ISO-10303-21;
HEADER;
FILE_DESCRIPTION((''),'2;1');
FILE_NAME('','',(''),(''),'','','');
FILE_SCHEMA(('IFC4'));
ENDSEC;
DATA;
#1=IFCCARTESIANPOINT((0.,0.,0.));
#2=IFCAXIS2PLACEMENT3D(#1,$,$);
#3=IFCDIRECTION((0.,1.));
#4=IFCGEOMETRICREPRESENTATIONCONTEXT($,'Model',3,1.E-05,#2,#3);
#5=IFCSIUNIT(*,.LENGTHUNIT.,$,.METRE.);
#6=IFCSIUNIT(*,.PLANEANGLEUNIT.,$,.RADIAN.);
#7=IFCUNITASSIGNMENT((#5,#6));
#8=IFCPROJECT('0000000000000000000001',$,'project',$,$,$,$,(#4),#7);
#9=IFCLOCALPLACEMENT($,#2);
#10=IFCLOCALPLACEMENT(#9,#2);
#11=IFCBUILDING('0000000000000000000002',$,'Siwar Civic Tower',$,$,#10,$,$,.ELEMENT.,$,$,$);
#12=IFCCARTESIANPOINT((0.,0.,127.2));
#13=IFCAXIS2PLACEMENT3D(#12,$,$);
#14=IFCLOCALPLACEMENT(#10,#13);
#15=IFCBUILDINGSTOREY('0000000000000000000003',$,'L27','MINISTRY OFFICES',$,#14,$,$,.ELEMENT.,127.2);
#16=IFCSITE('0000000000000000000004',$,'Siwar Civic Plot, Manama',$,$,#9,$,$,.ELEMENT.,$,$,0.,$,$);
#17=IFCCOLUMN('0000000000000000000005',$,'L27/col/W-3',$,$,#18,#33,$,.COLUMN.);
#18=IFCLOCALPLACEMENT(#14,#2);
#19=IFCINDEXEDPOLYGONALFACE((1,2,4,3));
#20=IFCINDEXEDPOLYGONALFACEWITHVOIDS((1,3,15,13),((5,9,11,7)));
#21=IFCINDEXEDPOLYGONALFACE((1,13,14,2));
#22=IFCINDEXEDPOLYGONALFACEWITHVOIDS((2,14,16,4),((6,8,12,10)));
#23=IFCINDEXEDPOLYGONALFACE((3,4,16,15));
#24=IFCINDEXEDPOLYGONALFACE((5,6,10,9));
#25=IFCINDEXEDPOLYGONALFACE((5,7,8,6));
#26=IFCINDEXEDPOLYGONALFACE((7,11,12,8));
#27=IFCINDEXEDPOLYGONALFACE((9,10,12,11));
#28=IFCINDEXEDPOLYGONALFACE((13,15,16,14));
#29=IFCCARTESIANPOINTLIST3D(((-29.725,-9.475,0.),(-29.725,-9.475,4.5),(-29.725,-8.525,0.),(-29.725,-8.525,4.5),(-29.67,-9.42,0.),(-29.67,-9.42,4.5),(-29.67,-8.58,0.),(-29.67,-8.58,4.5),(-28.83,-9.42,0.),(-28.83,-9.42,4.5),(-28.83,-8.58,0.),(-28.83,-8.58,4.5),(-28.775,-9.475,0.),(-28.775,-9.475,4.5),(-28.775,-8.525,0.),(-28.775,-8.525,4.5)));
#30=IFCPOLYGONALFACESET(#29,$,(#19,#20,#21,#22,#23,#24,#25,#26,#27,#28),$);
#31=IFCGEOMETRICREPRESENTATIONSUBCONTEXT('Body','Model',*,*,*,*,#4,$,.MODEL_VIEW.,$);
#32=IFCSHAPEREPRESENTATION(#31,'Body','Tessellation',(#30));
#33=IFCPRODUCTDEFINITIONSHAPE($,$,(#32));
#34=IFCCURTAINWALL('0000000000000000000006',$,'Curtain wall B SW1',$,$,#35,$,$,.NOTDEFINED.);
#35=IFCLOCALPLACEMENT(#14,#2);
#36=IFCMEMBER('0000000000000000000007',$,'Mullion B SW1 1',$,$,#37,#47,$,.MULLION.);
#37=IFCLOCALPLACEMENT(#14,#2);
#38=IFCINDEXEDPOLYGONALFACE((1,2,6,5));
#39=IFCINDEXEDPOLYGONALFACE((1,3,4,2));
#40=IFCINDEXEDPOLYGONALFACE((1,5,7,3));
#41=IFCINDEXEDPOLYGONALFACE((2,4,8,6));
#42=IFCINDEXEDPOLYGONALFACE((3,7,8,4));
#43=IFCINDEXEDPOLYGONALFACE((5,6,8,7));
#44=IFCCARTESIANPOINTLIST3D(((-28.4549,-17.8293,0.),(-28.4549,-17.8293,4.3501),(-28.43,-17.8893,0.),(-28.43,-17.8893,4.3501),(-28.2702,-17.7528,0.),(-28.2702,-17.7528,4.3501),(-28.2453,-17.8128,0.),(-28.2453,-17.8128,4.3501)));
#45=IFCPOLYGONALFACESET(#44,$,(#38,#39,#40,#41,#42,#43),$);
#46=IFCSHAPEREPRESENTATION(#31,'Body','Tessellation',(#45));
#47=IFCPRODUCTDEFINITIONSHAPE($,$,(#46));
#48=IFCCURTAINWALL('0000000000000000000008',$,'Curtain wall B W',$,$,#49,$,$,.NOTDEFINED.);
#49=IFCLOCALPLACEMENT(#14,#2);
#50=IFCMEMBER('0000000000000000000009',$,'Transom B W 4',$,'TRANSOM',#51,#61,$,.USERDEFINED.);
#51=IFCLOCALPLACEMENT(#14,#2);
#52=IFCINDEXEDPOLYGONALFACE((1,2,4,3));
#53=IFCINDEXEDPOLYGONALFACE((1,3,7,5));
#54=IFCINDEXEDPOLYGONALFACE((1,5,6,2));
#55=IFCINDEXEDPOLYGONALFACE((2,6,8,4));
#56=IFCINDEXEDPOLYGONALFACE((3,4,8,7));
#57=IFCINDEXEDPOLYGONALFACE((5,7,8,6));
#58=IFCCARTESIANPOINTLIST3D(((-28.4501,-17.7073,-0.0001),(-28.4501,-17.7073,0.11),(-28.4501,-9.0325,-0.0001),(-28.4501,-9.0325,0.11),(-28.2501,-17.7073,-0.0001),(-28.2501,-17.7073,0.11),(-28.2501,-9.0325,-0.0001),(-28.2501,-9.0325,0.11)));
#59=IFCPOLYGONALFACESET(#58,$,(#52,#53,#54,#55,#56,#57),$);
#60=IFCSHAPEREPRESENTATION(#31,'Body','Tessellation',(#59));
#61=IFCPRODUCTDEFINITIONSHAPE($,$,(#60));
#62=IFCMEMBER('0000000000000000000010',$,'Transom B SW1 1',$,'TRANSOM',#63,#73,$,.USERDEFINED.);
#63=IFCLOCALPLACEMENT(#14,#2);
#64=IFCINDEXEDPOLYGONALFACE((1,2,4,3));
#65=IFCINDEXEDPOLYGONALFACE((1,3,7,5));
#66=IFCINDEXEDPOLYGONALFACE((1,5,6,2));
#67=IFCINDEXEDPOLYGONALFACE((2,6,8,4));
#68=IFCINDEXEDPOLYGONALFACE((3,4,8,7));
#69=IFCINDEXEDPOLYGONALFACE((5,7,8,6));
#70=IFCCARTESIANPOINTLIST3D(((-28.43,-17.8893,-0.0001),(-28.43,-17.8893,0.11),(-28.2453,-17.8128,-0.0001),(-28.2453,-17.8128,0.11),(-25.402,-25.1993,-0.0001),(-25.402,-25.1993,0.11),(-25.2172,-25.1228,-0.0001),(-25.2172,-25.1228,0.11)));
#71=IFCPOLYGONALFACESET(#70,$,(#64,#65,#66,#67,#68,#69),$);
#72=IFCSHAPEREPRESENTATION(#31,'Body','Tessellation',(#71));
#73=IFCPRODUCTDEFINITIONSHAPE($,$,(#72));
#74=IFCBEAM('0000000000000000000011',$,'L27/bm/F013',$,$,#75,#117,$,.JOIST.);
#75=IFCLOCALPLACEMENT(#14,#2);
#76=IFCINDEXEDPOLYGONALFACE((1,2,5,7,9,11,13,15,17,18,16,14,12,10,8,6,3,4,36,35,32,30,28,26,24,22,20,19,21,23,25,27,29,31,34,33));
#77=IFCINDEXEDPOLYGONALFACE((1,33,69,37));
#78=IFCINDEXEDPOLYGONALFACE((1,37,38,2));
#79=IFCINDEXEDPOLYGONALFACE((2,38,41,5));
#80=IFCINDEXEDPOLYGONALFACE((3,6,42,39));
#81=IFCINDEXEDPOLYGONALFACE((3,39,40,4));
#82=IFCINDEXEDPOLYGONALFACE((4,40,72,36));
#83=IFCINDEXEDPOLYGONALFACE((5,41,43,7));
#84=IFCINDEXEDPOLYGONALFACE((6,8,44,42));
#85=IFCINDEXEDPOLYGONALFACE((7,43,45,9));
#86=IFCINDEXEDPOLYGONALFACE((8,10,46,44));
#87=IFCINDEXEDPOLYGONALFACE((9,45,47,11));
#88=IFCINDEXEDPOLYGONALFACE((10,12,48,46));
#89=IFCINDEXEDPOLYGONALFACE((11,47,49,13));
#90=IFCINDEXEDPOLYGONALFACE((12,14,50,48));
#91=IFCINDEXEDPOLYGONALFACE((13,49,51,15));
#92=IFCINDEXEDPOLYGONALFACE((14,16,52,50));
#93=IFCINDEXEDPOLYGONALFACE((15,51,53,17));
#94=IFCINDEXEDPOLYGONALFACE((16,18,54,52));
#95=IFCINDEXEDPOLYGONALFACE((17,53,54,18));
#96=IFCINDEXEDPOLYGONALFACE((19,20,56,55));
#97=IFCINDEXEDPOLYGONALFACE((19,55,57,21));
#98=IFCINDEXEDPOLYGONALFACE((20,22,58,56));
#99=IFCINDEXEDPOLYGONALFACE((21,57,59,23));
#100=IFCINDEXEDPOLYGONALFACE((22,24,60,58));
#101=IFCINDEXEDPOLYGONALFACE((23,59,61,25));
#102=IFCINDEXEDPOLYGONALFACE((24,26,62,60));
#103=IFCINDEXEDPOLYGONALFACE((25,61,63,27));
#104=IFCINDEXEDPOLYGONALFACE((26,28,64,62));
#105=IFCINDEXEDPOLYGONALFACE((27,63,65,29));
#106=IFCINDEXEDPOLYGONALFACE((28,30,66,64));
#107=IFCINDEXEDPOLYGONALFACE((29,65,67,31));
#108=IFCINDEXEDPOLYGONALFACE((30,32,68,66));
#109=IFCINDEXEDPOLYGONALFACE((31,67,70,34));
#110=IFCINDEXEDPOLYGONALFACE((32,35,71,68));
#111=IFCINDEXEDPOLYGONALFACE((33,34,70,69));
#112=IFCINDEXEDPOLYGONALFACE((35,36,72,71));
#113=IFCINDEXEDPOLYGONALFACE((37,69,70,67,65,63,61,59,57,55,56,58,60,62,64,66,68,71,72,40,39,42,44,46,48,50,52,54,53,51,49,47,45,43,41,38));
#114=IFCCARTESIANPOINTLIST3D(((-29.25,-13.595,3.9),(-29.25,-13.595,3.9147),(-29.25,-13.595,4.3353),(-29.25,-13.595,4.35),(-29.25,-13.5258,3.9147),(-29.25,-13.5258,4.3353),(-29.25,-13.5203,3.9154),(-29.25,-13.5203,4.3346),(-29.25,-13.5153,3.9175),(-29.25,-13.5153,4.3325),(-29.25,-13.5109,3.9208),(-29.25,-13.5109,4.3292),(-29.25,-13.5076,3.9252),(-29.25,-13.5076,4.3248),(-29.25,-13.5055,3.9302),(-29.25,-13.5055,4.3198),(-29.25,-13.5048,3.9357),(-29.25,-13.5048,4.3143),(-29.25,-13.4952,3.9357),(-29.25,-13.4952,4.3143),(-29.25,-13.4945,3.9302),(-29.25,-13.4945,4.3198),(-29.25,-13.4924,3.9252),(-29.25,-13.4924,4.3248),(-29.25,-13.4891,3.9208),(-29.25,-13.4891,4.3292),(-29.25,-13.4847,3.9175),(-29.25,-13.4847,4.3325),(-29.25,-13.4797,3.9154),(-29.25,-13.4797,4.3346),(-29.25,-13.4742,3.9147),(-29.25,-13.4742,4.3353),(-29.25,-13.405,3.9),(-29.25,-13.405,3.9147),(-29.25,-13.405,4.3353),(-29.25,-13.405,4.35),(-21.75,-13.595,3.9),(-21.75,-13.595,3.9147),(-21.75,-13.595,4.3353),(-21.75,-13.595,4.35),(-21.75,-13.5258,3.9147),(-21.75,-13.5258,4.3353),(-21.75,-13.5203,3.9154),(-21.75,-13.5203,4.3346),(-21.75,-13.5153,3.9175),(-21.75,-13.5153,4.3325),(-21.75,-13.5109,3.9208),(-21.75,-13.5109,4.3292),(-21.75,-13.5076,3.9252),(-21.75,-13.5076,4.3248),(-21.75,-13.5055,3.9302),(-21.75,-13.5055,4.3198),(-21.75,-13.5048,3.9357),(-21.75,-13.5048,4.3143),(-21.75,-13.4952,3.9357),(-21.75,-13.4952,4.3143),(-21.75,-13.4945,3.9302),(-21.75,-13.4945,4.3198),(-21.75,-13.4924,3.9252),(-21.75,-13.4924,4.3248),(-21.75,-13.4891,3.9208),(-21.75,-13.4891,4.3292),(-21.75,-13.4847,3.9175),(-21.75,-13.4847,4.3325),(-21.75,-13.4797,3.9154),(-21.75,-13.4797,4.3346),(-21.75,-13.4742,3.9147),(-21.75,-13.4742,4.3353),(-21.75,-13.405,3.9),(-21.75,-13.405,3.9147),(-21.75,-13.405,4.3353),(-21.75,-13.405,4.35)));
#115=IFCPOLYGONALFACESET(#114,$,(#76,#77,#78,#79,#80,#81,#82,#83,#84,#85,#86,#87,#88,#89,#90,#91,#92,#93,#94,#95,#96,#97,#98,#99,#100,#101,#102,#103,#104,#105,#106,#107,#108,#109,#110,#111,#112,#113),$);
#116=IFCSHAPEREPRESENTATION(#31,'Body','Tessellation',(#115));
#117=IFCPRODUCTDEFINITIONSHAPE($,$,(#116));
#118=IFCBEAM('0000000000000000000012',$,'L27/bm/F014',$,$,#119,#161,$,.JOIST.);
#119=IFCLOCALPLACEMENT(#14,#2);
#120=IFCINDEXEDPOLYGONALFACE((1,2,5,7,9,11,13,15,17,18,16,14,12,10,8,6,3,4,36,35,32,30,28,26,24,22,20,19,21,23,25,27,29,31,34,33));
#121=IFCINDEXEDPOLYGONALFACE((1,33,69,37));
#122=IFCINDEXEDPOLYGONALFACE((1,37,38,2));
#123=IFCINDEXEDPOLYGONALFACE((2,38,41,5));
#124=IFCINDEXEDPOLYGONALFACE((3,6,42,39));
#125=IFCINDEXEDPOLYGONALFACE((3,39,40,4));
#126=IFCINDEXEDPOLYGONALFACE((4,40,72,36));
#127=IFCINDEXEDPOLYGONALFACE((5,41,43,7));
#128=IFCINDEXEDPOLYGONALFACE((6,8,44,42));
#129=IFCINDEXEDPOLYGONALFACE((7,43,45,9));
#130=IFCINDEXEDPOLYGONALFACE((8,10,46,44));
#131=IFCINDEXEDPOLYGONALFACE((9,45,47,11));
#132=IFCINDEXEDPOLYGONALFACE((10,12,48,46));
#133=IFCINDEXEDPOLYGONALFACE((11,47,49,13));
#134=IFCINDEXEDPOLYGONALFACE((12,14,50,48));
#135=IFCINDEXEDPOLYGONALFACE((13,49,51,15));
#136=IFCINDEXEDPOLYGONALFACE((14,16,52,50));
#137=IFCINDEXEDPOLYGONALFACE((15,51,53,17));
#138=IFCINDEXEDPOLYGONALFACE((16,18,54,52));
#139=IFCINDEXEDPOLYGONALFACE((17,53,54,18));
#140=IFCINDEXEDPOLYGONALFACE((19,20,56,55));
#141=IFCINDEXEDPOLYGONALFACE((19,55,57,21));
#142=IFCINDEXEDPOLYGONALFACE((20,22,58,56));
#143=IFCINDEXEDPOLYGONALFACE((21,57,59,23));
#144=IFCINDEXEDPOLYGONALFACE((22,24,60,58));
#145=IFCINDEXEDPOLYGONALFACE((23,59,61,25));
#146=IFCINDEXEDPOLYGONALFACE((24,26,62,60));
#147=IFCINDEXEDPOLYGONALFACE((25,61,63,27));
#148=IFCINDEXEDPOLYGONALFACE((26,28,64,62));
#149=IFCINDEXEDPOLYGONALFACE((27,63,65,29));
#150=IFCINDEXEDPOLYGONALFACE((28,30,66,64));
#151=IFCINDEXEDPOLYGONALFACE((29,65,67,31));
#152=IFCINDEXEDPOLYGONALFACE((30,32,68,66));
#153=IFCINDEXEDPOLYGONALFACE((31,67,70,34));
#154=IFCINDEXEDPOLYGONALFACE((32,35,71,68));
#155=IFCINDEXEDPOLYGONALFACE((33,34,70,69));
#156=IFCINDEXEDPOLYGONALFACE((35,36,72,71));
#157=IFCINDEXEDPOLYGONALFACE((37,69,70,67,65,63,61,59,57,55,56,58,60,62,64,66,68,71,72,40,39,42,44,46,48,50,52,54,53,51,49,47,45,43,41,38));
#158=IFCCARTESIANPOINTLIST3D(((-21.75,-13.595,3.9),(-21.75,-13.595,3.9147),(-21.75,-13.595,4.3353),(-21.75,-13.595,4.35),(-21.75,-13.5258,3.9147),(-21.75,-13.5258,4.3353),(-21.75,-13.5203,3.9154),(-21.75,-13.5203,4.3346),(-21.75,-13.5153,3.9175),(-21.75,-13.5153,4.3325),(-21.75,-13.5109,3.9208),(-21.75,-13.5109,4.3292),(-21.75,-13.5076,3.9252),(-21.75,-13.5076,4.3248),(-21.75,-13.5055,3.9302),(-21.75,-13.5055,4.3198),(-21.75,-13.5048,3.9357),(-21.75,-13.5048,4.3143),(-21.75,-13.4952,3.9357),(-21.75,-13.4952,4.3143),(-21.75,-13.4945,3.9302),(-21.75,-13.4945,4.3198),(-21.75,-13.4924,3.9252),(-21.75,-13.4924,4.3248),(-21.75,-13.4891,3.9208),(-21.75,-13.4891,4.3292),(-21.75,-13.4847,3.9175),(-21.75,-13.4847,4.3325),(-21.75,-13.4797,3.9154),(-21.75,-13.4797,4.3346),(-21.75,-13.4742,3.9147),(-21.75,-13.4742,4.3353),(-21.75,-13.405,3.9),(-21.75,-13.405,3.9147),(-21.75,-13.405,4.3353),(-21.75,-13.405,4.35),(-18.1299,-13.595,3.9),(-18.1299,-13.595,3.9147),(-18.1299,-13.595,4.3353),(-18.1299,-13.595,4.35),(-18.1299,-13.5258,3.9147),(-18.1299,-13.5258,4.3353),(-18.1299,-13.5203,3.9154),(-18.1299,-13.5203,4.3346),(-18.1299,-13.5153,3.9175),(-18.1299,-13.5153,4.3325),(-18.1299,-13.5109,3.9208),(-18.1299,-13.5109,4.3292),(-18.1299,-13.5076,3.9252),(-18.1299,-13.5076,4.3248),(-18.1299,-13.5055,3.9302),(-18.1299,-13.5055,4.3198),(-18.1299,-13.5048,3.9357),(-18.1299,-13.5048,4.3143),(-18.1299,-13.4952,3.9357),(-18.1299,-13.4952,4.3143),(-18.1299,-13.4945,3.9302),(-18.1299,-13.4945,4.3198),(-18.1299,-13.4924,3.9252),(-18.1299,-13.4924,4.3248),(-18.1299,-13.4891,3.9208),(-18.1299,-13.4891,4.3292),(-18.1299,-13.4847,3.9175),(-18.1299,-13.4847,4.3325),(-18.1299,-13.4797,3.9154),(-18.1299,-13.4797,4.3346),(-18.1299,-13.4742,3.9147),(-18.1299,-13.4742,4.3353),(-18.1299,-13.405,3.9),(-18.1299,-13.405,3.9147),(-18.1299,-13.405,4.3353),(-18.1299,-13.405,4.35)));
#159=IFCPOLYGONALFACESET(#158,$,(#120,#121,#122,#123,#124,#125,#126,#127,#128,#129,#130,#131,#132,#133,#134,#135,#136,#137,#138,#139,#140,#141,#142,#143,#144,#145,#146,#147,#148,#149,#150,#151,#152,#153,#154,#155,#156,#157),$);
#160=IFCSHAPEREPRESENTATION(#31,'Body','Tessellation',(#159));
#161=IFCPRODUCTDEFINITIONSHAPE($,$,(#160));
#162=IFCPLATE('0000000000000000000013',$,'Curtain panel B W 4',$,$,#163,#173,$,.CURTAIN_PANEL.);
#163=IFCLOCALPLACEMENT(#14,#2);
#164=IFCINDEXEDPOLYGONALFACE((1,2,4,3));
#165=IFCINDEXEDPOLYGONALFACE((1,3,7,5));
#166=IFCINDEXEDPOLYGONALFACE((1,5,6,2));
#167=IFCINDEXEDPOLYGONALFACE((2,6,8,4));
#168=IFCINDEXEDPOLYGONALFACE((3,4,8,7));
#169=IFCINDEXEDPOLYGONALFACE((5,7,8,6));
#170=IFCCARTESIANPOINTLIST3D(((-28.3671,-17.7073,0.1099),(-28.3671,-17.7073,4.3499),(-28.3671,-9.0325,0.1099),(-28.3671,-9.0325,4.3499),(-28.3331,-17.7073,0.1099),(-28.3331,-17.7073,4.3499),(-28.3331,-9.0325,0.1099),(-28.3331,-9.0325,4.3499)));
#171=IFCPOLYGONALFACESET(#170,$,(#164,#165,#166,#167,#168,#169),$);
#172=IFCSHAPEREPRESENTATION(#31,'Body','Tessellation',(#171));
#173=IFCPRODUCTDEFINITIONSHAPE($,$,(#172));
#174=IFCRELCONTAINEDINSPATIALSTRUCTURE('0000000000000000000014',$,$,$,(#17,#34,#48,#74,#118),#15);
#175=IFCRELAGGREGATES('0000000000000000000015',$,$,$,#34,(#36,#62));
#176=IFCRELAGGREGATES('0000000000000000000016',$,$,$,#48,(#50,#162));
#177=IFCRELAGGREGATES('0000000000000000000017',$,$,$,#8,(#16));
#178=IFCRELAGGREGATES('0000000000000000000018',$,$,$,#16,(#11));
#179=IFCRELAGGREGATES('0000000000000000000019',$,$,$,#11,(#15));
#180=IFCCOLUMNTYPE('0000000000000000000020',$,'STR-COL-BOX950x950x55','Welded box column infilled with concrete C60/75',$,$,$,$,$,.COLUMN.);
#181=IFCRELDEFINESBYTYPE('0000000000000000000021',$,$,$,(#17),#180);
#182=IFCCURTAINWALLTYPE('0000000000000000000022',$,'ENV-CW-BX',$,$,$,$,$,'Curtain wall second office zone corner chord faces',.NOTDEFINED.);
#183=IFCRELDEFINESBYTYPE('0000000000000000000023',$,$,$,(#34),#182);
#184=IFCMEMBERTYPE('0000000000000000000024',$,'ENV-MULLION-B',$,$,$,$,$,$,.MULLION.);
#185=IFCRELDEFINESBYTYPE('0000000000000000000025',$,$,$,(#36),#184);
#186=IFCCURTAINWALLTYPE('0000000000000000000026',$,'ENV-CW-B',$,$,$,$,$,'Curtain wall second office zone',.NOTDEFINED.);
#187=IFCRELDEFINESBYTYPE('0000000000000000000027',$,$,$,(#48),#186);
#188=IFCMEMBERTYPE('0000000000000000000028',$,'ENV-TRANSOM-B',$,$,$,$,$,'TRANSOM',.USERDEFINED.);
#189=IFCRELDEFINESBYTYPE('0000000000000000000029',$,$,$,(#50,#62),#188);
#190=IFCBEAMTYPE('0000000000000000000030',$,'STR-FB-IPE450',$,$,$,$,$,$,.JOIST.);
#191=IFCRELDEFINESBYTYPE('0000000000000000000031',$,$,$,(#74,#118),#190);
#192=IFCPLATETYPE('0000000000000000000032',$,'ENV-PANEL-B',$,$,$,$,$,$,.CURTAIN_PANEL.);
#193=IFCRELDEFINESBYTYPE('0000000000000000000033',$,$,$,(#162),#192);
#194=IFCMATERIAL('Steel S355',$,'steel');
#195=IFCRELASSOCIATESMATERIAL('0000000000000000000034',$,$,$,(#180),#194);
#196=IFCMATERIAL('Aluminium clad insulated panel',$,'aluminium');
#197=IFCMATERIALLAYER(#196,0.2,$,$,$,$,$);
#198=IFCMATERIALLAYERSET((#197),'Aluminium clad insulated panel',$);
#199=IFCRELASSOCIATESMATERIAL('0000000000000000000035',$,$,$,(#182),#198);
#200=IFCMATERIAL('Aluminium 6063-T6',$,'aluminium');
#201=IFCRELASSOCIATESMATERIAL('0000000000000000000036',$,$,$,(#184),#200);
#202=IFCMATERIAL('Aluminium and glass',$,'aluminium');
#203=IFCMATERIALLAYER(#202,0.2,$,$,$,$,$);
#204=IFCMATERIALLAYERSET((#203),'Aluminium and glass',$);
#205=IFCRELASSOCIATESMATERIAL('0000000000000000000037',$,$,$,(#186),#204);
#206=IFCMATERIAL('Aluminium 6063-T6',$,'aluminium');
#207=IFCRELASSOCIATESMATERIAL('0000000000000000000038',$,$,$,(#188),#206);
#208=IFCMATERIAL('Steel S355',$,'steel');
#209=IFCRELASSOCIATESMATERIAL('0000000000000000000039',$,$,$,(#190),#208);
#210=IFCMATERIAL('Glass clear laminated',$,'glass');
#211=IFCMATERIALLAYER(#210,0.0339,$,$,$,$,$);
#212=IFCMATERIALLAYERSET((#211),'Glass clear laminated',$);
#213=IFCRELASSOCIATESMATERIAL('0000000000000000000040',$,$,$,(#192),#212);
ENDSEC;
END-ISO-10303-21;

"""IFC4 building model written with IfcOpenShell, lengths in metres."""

from ifc_helpers import new_model, si_unit, direction, frame, origin, origin_2d, place, context, subcontext, project, spatial, rectangle, hollow_rectangle, i_section, extrude, material, layer, layer_set, material_profile, profile_set, type_object, element, aggregate, save


model = new_model("IFC4")

# Units and contexts
model_context = context("Model", 3, precision=1e-05, world=origin(), true_north=direction((0.0, 1.0)))
body_context = subcontext(model_context, "Body", "Model", "MODEL_VIEW")
ifc_project = project(units=[si_unit("LENGTHUNIT", "METRE"), si_unit("PLANEANGLEUNIT", "RADIAN")], contexts=[model_context])

# Site, building, storey
site_placement = place(None, origin())
site = spatial("IfcSite", under=ifc_project, at=site_placement, Name="Siwar Civic Plot, Manama", CompositionType="ELEMENT", RefElevation=0.0)
building_placement = place(site_placement, origin())
building = spatial("IfcBuilding", under=site, at=building_placement, Name="Siwar Civic Tower", CompositionType="ELEMENT")
storey_placement = place(building_placement, frame((0.0, 0.0, 127.2)))
storey = spatial("IfcBuildingStorey", under=building, at=storey_placement, Name="L27", Description="MINISTRY OFFICES", CompositionType="ELEMENT", Elevation=127.2)

# Column
ifc_material_1 = material(Name="Steel S355", Category="steel")
ifc_material_profile_1 = material_profile(ifc_material_1, hollow_rectangle(XDim=0.95, YDim=0.95, WallThickness=0.0549, at=origin_2d()), Name="BOX950x950x55")
ifc_profile_set_1 = profile_set([ifc_material_profile_1], Name="Steel S355")
column_type = type_object("IfcColumnType", Name="STR-COL-BOX950x950x55", Description="Welded box column infilled with concrete C60/75", PredefinedType="COLUMN", material=ifc_profile_set_1)
column_placement = place(storey_placement, frame((-29.25, -9.0, 0.0), z_axis=(0.0, 0.0, 1.0), x_axis=(1.0, 0.0, 0.0)))
element("IfcColumn", 1, at=column_placement, inside=storey, type_object=column_type, Name="L27/col/W-3", PredefinedType="COLUMN", context=body_context, shape_type="SweptSolid", body=[
    extrude(hollow_rectangle(XDim=0.95, YDim=0.95, WallThickness=0.0549, at=origin_2d()), origin(), (0.0, 0.0, 1.0), 4.5),
])

# Curtain walls, members
ifc_material_2 = material(Name="Aluminium clad insulated panel", Category="aluminium")
ifc_layer_1 = layer(ifc_material_2, 0.2)
ifc_layer_set_1 = layer_set([ifc_layer_1], Name="Aluminium clad insulated panel")
curtain_wall_type_1 = type_object("IfcCurtainWallType", Name="ENV-CW-BX", ElementType="Curtain wall second office zone corner chord faces", PredefinedType="NOTDEFINED", material=ifc_layer_set_1)
curtain_wall_1_placement = place(storey_placement, origin())
curtain_wall_1 = element("IfcCurtainWall", 2, at=curtain_wall_1_placement, inside=storey, type_object=curtain_wall_type_1, Name="Curtain wall B SW1", PredefinedType="NOTDEFINED")
ifc_material_3 = material(Name="Aluminium 6063-T6", Category="aluminium")
ifc_material_profile_2 = material_profile(ifc_material_3, rectangle(XDim=0.2, YDim=0.0649, at=origin_2d()), Name="AL 200x65")
ifc_profile_set_2 = profile_set([ifc_material_profile_2], Name="Aluminium 6063-T6")
member_type_1 = type_object("IfcMemberType", Name="ENV-MULLION-B", PredefinedType="MULLION", material=ifc_profile_set_2)
member_1_placement = place(storey_placement, frame((-28.3501, -17.821, 0.0), z_axis=(0.0, 0.0, 1.0), x_axis=(0.92388, 0.382683, 0.0)))
member_1 = element("IfcMember", 3, at=member_1_placement, type_object=member_type_1, Name="Mullion B SW1 1", PredefinedType="MULLION", context=body_context, shape_type="SweptSolid", body=[
    extrude(rectangle(XDim=0.2, YDim=0.0649, at=origin_2d()), origin(), (0.0, 0.0, 1.0), 4.3501),
])
ifc_material_4 = material(Name="Aluminium and glass", Category="aluminium")
ifc_layer_2 = layer(ifc_material_4, 0.2)
ifc_layer_set_2 = layer_set([ifc_layer_2], Name="Aluminium and glass")
curtain_wall_type_2 = type_object("IfcCurtainWallType", Name="ENV-CW-B", ElementType="Curtain wall second office zone", PredefinedType="NOTDEFINED", material=ifc_layer_set_2)
curtain_wall_2_placement = place(storey_placement, origin())
curtain_wall_2 = element("IfcCurtainWall", 4, at=curtain_wall_2_placement, inside=storey, type_object=curtain_wall_type_2, Name="Curtain wall B W", PredefinedType="NOTDEFINED")
ifc_material_5 = material(Name="Aluminium 6063-T6", Category="aluminium")
ifc_material_profile_3 = material_profile(ifc_material_5, rectangle(XDim=0.2, YDim=0.1101, at=origin_2d()), Name="AL 200x110")
ifc_profile_set_3 = profile_set([ifc_material_profile_3], Name="Aluminium 6063-T6")
member_type_2 = type_object("IfcMemberType", Name="ENV-TRANSOM-B", ElementType="TRANSOM", PredefinedType="USERDEFINED", material=ifc_profile_set_3)
member_2_placement = place(storey_placement, frame((-28.3501, -9.0325, 0.0549), z_axis=(0.0, -1.0, 0.0), x_axis=(1.0, 0.0, 0.0)))
member_2 = element("IfcMember", 5, at=member_2_placement, type_object=member_type_2, Name="Transom B W 4", ObjectType="TRANSOM", PredefinedType="USERDEFINED", context=body_context, shape_type="SweptSolid", body=[
    extrude(rectangle(XDim=0.2, YDim=0.1101, at=origin_2d()), origin(), (0.0, 0.0, 1.0), 8.6748),
])

# Member
member_3_placement = place(storey_placement, frame((-28.3376, -17.8511, 0.0549), z_axis=(0.3827, -0.923873, 0.0), x_axis=(0.923873, 0.3827, 0.0)))
member_3 = element("IfcMember", 6, at=member_3_placement, type_object=member_type_2, Name="Transom B SW1 1", ObjectType="TRANSOM", PredefinedType="USERDEFINED", context=body_context, shape_type="SweptSolid", body=[
    extrude(rectangle(XDim=0.2, YDim=0.1101, at=origin_2d()), origin(), (0.0, 0.0, 1.0), 7.9124),
])
aggregate(curtain_wall_1, [member_1, member_3])

# Beams
ifc_material_6 = material(Name="Steel S355", Category="steel")
ifc_material_profile_4 = material_profile(ifc_material_6, i_section(OverallWidth=0.1899, OverallDepth=0.45, WebThickness=0.0095, FlangeThickness=0.0146, FilletRadius=0.021, at=origin_2d()), Name="IPE450")
ifc_profile_set_4 = profile_set([ifc_material_profile_4], Name="Steel S355")
beam_type = type_object("IfcBeamType", Name="STR-FB-IPE450", PredefinedType="JOIST", material=ifc_profile_set_4)
beam_1_placement = place(storey_placement, frame((-29.25, -13.5, 4.125), z_axis=(1.0, 0.0, 0.0), x_axis=(0.0, 1.0, 0.0)))
element("IfcBeam", 7, at=beam_1_placement, inside=storey, type_object=beam_type, Name="L27/bm/F013", PredefinedType="JOIST", context=body_context, shape_type="SweptSolid", body=[
    extrude(i_section(OverallWidth=0.1899, OverallDepth=0.45, WebThickness=0.0095, FlangeThickness=0.0146, FilletRadius=0.021, at=origin_2d()), origin(), (0.0, 0.0, 1.0), 7.5),
])
beam_2_placement = place(storey_placement, frame((-21.75, -13.5, 4.125), z_axis=(1.0, 0.0, 0.0), x_axis=(0.0, 1.0, 0.0)))
element("IfcBeam", 8, at=beam_2_placement, inside=storey, type_object=beam_type, Name="L27/bm/F014", PredefinedType="JOIST", context=body_context, shape_type="SweptSolid", body=[
    extrude(i_section(OverallWidth=0.1899, OverallDepth=0.45, WebThickness=0.0095, FlangeThickness=0.0146, FilletRadius=0.021, at=origin_2d()), origin(), (0.0, 0.0, 1.0), 3.6201),
])

# Plate
ifc_material_7 = material(Name="Glass clear laminated", Category="glass")
ifc_layer_3 = layer(ifc_material_7, 0.0339)
ifc_layer_set_3 = layer_set([ifc_layer_3], Name="Glass clear laminated")
plate_type = type_object("IfcPlateType", Name="ENV-PANEL-B", PredefinedType="CURTAIN_PANEL", material=ifc_layer_set_3)
plate_placement = place(storey_placement, frame((-28.3501, -13.3699, 0.1099), z_axis=(0.0, 0.0, 1.0), x_axis=(0.0, -1.0, 0.0)))
plate = element("IfcPlate", 9, at=plate_placement, type_object=plate_type, Name="Curtain panel B W 4", PredefinedType="CURTAIN_PANEL", context=body_context, shape_type="SweptSolid", body=[
    extrude(rectangle(XDim=8.6748, YDim=0.0339, at=origin_2d()), origin(), (0.0, 0.0, 1.0), 4.24),
])
aggregate(curtain_wall_2, [member_2, plate])

save(model, "model.ifc")
